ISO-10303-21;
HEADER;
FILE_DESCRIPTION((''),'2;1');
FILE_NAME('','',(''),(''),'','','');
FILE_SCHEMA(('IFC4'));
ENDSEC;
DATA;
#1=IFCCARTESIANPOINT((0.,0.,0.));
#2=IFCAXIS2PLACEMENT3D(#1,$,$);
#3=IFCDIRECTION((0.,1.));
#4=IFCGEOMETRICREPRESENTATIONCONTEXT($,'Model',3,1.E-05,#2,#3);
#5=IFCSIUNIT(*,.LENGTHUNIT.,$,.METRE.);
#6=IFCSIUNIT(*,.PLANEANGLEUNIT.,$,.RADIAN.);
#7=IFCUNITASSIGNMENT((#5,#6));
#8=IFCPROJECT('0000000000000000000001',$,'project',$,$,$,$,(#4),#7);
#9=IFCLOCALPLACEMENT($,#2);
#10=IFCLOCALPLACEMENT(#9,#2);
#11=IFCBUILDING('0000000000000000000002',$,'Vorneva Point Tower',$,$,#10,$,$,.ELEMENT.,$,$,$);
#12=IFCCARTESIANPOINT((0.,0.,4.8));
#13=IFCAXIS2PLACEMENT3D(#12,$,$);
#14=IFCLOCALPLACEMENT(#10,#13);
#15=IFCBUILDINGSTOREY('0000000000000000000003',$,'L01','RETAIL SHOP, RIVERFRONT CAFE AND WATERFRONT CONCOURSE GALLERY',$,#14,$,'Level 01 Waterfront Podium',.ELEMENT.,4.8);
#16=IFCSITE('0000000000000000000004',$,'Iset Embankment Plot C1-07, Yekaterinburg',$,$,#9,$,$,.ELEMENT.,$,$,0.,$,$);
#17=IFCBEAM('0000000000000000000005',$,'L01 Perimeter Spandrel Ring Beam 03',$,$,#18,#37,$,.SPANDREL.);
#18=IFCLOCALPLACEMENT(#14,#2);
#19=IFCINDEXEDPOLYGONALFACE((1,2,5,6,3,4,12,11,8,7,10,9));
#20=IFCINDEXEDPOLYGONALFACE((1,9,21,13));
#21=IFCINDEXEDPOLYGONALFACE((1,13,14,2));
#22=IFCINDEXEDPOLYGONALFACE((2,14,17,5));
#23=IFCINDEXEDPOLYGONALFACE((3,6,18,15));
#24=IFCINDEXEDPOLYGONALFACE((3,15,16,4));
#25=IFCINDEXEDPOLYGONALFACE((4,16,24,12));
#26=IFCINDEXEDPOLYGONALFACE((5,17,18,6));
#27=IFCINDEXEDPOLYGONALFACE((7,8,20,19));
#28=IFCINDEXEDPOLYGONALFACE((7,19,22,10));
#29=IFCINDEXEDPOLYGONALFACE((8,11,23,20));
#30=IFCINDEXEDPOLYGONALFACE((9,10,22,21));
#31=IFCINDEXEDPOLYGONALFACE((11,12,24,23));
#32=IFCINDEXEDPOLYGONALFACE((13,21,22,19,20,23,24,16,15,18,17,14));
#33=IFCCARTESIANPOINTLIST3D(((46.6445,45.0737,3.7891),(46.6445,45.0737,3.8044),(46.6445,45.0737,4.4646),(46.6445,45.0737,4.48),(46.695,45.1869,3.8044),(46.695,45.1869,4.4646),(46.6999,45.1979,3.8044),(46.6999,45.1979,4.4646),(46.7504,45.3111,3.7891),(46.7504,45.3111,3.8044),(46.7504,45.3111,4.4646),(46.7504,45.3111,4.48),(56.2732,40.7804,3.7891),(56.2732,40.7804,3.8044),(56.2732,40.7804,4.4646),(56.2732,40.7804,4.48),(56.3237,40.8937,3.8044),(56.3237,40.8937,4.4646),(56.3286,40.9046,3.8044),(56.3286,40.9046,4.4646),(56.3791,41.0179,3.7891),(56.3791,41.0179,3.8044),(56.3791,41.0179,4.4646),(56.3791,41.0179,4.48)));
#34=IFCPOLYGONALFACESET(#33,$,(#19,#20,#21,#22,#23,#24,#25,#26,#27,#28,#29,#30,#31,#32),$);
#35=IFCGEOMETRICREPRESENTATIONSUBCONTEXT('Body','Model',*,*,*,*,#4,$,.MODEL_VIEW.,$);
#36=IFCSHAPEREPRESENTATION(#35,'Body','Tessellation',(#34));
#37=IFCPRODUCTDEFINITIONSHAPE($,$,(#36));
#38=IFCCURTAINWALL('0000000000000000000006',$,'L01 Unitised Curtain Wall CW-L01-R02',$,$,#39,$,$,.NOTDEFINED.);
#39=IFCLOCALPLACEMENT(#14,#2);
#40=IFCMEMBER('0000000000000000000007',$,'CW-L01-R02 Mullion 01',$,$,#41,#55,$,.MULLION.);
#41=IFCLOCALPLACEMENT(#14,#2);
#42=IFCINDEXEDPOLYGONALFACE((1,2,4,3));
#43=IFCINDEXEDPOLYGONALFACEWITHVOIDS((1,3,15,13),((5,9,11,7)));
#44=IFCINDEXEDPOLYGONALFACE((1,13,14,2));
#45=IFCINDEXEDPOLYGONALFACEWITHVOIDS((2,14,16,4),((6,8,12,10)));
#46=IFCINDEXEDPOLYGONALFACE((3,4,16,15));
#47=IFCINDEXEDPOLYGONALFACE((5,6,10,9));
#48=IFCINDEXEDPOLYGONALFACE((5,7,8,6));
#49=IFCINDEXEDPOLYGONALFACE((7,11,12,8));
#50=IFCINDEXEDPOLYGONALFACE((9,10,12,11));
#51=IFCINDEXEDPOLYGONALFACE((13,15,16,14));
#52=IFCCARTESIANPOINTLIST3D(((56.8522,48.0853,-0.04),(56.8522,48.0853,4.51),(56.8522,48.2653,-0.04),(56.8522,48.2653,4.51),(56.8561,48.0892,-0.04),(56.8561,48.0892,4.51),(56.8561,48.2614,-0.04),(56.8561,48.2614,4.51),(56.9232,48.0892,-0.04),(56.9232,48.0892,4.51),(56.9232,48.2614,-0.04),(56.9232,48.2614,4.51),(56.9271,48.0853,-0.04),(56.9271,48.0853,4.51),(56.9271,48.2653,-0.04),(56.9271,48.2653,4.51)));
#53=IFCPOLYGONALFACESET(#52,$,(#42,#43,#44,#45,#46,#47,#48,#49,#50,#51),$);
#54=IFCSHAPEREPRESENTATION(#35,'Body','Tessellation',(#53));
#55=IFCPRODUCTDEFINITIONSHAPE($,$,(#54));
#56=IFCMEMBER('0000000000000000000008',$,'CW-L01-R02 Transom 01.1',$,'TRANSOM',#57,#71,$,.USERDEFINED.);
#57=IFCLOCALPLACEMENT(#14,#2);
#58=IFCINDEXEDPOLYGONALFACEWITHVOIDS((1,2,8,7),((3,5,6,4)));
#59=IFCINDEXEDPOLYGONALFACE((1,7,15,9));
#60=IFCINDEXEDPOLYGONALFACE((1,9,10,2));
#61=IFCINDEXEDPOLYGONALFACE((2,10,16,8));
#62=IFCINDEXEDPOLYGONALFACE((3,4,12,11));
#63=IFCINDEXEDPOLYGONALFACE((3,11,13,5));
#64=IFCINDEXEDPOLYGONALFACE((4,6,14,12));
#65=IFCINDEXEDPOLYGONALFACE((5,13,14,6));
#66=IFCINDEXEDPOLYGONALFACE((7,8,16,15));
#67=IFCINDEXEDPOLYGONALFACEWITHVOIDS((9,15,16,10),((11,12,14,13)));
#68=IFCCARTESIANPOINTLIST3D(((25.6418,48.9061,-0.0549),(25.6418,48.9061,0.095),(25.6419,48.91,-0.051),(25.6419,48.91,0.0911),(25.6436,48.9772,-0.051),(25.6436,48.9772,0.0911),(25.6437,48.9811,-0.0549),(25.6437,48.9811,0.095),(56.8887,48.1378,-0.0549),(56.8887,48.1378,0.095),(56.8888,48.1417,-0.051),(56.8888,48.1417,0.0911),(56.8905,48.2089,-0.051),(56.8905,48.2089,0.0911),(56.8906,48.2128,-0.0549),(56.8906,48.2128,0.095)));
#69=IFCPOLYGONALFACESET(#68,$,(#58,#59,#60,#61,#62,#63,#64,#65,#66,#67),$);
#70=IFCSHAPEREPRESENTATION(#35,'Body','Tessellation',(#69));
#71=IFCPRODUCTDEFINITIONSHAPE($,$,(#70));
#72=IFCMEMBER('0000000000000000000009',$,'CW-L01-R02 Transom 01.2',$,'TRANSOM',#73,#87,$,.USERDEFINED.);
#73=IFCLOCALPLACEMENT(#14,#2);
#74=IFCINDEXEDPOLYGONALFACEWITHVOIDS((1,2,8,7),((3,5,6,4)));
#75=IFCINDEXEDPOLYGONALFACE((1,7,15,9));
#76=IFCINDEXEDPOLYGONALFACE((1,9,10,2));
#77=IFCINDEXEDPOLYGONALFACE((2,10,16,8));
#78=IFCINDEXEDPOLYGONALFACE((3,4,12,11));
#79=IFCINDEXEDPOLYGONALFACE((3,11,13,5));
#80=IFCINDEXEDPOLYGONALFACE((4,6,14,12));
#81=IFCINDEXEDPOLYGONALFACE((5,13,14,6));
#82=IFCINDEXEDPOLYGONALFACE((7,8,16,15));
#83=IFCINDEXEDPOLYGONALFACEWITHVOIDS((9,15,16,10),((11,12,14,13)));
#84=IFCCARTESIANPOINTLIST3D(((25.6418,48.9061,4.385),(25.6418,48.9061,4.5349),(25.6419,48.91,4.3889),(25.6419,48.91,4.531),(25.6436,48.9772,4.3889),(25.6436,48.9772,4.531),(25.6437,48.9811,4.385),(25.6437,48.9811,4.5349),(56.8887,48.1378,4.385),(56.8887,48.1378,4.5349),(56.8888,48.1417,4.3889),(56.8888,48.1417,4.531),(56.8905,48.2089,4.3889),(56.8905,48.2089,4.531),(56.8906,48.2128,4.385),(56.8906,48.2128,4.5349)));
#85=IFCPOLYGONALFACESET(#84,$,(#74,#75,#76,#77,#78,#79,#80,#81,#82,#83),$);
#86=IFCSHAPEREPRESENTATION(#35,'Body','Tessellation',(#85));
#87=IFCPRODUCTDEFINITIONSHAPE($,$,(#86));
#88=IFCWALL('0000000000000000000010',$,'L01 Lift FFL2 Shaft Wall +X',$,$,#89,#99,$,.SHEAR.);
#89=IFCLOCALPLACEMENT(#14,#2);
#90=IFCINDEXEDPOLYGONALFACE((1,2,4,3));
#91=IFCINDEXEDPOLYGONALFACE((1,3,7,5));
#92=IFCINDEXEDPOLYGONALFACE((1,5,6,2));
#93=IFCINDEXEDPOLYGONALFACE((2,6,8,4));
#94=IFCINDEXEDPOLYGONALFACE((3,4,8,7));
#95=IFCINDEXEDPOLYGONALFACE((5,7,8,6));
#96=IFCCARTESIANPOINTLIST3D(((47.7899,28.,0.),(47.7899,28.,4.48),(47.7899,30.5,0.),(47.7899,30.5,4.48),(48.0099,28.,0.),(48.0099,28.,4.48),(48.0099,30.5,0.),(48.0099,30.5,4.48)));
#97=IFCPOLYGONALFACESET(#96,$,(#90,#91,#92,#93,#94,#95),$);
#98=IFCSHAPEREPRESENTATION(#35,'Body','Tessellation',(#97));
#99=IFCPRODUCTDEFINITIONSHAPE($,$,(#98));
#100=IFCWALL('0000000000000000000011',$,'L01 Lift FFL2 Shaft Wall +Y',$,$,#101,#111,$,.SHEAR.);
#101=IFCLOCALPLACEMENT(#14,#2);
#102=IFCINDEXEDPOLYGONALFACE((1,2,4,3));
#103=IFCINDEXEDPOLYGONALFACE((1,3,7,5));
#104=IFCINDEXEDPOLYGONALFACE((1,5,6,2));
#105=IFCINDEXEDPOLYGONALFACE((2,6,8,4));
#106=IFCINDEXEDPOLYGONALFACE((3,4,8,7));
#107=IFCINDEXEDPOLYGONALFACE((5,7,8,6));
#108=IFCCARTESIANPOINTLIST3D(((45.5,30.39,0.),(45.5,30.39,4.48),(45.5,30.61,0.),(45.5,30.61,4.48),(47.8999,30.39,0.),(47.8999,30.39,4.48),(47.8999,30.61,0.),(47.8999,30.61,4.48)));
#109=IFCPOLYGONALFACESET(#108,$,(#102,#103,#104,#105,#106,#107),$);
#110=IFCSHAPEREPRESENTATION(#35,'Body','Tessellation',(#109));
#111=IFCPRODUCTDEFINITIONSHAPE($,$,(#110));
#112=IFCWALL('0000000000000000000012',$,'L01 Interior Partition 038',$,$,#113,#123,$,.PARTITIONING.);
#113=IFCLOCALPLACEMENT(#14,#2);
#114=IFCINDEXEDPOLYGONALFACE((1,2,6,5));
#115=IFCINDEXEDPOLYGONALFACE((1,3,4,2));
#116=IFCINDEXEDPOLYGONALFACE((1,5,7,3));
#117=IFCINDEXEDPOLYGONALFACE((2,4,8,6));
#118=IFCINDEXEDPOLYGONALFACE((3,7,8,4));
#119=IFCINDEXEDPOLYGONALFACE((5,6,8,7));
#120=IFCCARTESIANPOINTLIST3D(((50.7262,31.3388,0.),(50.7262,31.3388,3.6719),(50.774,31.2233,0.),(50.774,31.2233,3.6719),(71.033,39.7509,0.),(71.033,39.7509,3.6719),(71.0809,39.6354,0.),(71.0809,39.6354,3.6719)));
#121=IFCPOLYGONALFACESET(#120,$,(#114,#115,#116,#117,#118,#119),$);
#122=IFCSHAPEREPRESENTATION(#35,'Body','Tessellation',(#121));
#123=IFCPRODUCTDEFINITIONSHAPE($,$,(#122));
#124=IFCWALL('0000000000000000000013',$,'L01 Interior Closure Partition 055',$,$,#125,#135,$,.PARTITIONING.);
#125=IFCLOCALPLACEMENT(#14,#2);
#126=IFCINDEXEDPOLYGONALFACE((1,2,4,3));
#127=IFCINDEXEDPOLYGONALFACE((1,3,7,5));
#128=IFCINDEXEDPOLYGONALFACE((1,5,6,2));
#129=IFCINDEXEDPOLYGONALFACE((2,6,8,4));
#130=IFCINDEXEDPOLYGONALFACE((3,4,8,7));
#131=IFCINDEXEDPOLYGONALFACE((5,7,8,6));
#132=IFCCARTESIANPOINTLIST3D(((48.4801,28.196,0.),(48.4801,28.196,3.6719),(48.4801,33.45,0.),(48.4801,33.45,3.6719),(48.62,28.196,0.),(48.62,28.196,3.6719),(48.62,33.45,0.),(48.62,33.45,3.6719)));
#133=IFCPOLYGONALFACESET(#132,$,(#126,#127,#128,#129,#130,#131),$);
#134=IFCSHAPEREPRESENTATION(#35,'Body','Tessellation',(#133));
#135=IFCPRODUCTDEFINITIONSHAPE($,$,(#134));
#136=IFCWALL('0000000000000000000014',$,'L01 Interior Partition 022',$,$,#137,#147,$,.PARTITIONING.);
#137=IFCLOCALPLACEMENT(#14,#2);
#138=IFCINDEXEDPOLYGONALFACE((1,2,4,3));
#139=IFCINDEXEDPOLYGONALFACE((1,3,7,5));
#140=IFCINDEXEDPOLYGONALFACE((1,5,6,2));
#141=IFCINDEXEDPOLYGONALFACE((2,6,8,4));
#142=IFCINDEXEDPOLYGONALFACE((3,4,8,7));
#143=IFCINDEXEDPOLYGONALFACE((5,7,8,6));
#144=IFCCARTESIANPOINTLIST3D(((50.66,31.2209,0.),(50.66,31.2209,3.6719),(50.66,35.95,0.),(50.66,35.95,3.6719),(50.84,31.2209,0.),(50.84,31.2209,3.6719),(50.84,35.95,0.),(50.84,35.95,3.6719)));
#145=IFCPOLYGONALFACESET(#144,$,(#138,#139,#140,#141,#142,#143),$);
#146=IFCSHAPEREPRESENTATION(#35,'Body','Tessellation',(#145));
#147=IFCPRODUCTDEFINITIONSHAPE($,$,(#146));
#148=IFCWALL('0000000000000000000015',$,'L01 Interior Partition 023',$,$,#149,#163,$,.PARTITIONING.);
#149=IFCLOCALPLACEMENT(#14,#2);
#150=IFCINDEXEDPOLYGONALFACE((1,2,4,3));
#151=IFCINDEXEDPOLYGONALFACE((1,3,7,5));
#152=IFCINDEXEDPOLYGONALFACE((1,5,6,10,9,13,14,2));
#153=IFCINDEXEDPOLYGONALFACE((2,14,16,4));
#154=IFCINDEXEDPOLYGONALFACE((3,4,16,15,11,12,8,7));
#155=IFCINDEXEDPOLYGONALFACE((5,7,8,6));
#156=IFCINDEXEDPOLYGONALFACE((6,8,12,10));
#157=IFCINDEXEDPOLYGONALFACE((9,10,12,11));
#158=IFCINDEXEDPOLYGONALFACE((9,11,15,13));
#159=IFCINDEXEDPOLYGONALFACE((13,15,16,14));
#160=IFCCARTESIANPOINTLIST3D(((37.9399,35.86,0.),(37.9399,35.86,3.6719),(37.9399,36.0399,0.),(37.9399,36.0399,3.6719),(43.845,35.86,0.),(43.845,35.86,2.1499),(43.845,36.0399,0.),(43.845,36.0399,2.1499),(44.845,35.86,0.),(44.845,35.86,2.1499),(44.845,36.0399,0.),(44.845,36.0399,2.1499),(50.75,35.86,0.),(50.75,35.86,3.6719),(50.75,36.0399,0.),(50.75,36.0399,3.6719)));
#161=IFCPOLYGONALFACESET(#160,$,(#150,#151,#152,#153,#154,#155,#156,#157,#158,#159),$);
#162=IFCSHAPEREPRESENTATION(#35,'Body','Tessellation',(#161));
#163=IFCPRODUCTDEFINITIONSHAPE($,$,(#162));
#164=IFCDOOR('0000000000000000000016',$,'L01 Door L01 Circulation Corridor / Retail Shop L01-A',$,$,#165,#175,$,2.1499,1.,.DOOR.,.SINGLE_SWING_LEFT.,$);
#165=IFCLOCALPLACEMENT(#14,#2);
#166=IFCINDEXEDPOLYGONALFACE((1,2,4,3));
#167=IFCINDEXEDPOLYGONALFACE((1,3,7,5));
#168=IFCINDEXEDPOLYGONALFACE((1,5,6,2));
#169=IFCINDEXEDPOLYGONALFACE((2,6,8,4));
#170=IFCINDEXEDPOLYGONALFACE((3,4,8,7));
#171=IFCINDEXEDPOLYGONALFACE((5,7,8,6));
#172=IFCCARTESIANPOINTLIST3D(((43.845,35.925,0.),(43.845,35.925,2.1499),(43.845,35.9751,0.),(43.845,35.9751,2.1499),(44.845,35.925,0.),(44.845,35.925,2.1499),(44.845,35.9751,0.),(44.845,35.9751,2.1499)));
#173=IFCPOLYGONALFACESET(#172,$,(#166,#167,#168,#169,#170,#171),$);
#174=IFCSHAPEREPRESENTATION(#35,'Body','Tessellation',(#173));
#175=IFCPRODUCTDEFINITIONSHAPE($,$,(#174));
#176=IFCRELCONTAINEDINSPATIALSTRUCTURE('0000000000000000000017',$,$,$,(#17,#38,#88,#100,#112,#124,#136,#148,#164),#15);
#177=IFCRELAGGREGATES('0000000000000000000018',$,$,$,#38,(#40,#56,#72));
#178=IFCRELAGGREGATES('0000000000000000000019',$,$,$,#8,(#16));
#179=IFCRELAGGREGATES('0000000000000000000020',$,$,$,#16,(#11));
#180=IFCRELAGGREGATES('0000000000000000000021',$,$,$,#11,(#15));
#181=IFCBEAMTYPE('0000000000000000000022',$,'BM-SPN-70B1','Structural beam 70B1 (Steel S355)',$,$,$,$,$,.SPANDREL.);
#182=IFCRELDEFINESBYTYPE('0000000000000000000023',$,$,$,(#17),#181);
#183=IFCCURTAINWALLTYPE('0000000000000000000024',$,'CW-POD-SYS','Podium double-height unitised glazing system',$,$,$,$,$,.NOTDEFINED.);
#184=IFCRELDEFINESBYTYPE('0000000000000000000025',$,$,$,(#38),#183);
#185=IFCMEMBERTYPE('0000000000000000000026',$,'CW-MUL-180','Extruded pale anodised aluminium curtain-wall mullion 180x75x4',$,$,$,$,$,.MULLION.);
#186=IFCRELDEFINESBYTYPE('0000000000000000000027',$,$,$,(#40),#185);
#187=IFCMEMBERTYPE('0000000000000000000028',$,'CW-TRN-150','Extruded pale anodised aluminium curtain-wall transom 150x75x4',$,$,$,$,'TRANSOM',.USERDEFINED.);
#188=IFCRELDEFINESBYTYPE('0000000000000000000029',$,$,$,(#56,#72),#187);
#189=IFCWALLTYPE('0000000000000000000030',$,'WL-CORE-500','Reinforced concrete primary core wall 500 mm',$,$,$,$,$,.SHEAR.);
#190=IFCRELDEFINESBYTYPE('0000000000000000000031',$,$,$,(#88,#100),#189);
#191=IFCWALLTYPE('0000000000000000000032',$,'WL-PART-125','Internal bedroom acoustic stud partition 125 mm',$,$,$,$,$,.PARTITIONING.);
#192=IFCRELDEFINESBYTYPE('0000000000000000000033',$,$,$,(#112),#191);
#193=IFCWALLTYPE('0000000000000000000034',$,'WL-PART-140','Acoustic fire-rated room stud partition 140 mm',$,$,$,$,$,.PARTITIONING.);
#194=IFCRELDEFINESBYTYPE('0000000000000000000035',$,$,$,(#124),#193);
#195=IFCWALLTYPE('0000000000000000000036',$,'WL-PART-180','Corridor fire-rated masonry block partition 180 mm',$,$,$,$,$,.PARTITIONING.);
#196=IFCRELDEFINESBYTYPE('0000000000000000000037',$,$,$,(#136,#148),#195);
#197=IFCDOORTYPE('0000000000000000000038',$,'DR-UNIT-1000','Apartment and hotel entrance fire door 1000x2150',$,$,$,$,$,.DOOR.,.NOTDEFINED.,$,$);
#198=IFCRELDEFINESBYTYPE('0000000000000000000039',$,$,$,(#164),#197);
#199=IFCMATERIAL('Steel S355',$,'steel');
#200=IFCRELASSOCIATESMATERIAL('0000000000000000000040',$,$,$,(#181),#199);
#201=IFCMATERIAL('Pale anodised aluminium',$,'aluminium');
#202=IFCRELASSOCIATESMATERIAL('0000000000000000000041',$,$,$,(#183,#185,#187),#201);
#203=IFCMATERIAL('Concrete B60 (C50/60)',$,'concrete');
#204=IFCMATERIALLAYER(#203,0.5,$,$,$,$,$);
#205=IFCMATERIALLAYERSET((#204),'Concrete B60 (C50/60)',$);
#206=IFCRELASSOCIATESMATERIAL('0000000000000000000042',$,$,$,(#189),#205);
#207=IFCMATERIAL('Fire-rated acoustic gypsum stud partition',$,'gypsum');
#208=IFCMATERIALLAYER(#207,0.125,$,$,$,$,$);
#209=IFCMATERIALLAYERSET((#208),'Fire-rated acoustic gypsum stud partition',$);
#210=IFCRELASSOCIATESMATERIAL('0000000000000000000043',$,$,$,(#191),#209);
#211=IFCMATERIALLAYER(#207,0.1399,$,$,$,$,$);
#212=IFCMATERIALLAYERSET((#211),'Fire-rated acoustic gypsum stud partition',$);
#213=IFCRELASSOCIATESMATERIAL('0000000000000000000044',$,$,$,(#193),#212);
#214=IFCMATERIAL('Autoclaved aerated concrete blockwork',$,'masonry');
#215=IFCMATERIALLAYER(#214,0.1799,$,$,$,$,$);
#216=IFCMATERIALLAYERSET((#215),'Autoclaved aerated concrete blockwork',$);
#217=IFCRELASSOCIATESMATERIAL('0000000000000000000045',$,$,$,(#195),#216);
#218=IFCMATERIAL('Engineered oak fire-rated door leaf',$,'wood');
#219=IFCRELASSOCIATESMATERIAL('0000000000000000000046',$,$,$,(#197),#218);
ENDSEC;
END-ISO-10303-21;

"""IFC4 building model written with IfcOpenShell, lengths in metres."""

from ifc_helpers import new_model, si_unit, direction, frame, frame_2d, origin, origin_2d, place, context, subcontext, project, spatial, rectangle, hollow_rectangle, i_section, extrude, material, layer, layer_set, material_profile, profile_set, type_object, element, fill, aggregate, save


model = new_model("IFC4")

# Units and contexts
model_context = context("Model", 3, precision=1e-05, world=origin(), true_north=direction((0.0, 1.0)))
body_context = subcontext(model_context, "Body", "Model", "MODEL_VIEW")
ifc_project = project(units=[si_unit("LENGTHUNIT", "METRE"), si_unit("PLANEANGLEUNIT", "RADIAN")], contexts=[model_context])

# Site, building, storey
site_placement = place(None, origin())
site = spatial("IfcSite", under=ifc_project, at=site_placement, Name="Iset Embankment Plot C1-07, Yekaterinburg", CompositionType="ELEMENT", RefElevation=0.0)
building_placement = place(site_placement, origin())
building = spatial("IfcBuilding", under=site, at=building_placement, Name="Vorneva Point Tower", CompositionType="ELEMENT")
storey_placement = place(building_placement, frame((0.0, 0.0, 4.8)))
storey = spatial("IfcBuildingStorey", under=building, at=storey_placement, Name="L01", Description="RETAIL SHOP, RIVERFRONT CAFE AND WATERFRONT CONCOURSE GALLERY", LongName="Level 01 Waterfront Podium", CompositionType="ELEMENT", Elevation=4.8)

# Shared definitions
ifc_material_1 = material(Name="Concrete B60 (C50/60)", Category="concrete")

# Beam
ifc_material_2 = material(Name="Steel S355", Category="steel")
ifc_material_profile_1 = material_profile(ifc_material_2, i_section(OverallWidth=0.26, OverallDepth=0.6909, WebThickness=0.012, FlangeThickness=0.0154, at=origin_2d()), Name="70B1")
ifc_profile_set_1 = profile_set([ifc_material_profile_1], Name="Steel S355")
beam_type_1 = type_object("IfcBeamType", Name="BM-SPN-70B1", Description="Structural beam 70B1 (Steel S355)", PredefinedType="SPANDREL", material=ifc_profile_set_1)
beam_1_placement = place(storey_placement, frame((56.3262, 40.8992, 4.1345), z_axis=(-0.913325, 0.407232, 0.0), x_axis=(-0.407232, -0.913325, 0.0)))
element("IfcBeam", 1, at=beam_1_placement, inside=storey, type_object=beam_type_1, Name="L01 Perimeter Spandrel Ring Beam 03", PredefinedType="SPANDREL", context=body_context, shape_type="SweptSolid", body=[
    extrude(i_section(OverallWidth=0.26, OverallDepth=0.6909, WebThickness=0.012, FlangeThickness=0.0154, at=origin_2d()), origin(), (0.0, 0.0, 1.0), 10.5425),
])

# Curtain wall, members
ifc_material_3 = material(Name="Pale anodised aluminium", Category="aluminium")
curtain_wall_type = type_object("IfcCurtainWallType", Name="CW-POD-SYS", Description="Podium double-height unitised glazing system", PredefinedType="NOTDEFINED", material=ifc_material_3)
curtain_wall_placement = place(storey_placement, origin())
curtain_wall = element("IfcCurtainWall", 2, at=curtain_wall_placement, inside=storey, type_object=curtain_wall_type, Name="L01 Unitised Curtain Wall CW-L01-R02", PredefinedType="NOTDEFINED")
ifc_material_profile_2 = material_profile(ifc_material_3, hollow_rectangle(XDim=0.075, YDim=0.1799, WallThickness=0.0039, at=origin_2d()), Name="AL-MUL 180x75x4")
ifc_profile_set_2 = profile_set([ifc_material_profile_2], Name="Pale anodised aluminium")
member_type_1 = type_object("IfcMemberType", Name="CW-MUL-180", Description="Extruded pale anodised aluminium curtain-wall mullion 180x75x4", PredefinedType="MULLION", material=ifc_profile_set_2)
member_1_placement = place(storey_placement, frame((56.8896, 48.1753, -0.04), z_axis=(0.0, 0.0, 1.0), x_axis=(1.0, 0.0, 0.0)))
member_1 = element("IfcMember", 3, at=member_1_placement, type_object=member_type_1, Name="CW-L01-R02 Mullion 01", PredefinedType="MULLION", context=body_context, shape_type="SweptSolid", body=[
    extrude(hollow_rectangle(XDim=0.075, YDim=0.1799, WallThickness=0.0039, at=origin_2d()), origin(), (0.0, 0.0, 1.0), 4.55),
])
ifc_material_profile_3 = material_profile(ifc_material_3, hollow_rectangle(XDim=0.075, YDim=0.1499, WallThickness=0.0039, at=origin_2d()), Name="AL-TRN 150x75x4")
ifc_profile_set_3 = profile_set([ifc_material_profile_3], Name="Pale anodised aluminium")
member_type_2 = type_object("IfcMemberType", Name="CW-TRN-150", Description="Extruded pale anodised aluminium curtain-wall transom 150x75x4", ElementType="TRANSOM", PredefinedType="USERDEFINED", material=ifc_profile_set_3)
member_2_placement = place(storey_placement, frame((56.8896, 48.1753, 0.02), z_axis=(-0.999698, 0.024581, 0.0), x_axis=(-0.024581, -0.999698, 0.0)))
member_2 = element("IfcMember", 4, at=member_2_placement, type_object=member_type_2, Name="CW-L01-R02 Transom 01.1", ObjectType="TRANSOM", PredefinedType="USERDEFINED", context=body_context, shape_type="SweptSolid", body=[
    extrude(hollow_rectangle(XDim=0.075, YDim=0.1499, WallThickness=0.0039, at=origin_2d()), origin(), (0.0, 0.0, 1.0), 31.2563),
])
member_3_placement = place(storey_placement, frame((56.8896, 48.1753, 4.46), z_axis=(-0.999698, 0.024581, 0.0), x_axis=(-0.024581, -0.999698, 0.0)))
member_3 = element("IfcMember", 5, at=member_3_placement, type_object=member_type_2, Name="CW-L01-R02 Transom 01.2", ObjectType="TRANSOM", PredefinedType="USERDEFINED", context=body_context, shape_type="SweptSolid", body=[
    extrude(hollow_rectangle(XDim=0.075, YDim=0.1499, WallThickness=0.0039, at=origin_2d()), origin(), (0.0, 0.0, 1.0), 31.2563),
])
aggregate(curtain_wall, [member_1, member_2, member_3])

# Walls
ifc_layer_1 = layer(ifc_material_1, 0.5)
ifc_layer_set_1 = layer_set([ifc_layer_1], Name="Concrete B60 (C50/60)")
wall_type_1 = type_object("IfcWallType", Name="WL-CORE-500", Description="Reinforced concrete primary core wall 500 mm", PredefinedType="SHEAR", material=ifc_layer_set_1)
wall_1_placement = place(storey_placement, frame((47.8999, 28.0, 0.0), z_axis=(0.0, 0.0, 1.0), x_axis=(0.0, 1.0, 0.0)))
element("IfcWall", 6, at=wall_1_placement, inside=storey, type_object=wall_type_1, Name="L01 Lift FFL2 Shaft Wall +X", PredefinedType="SHEAR", context=body_context, shape_type="SweptSolid", body=[
    extrude(rectangle(XDim=2.5, YDim=0.22, at=frame_2d((1.25, 0.0))), origin(), (0.0, 0.0, 1.0), 4.48),
])
wall_2_placement = place(storey_placement, frame((47.8999, 30.5, 0.0), z_axis=(0.0, 0.0, 1.0), x_axis=(-1.0, 0.0, 0.0)))
element("IfcWall", 7, at=wall_2_placement, inside=storey, type_object=wall_type_1, Name="L01 Lift FFL2 Shaft Wall +Y", PredefinedType="SHEAR", context=body_context, shape_type="SweptSolid", body=[
    extrude(rectangle(XDim=2.3999, YDim=0.22, at=frame_2d((1.2, 0.0))), origin(), (0.0, 0.0, 1.0), 4.48),
])
ifc_material_4 = material(Name="Fire-rated acoustic gypsum stud partition", Category="gypsum")
ifc_layer_2 = layer(ifc_material_4, 0.125)
ifc_layer_set_2 = layer_set([ifc_layer_2], Name="Fire-rated acoustic gypsum stud partition")
wall_type_2 = type_object("IfcWallType", Name="WL-PART-125", Description="Internal bedroom acoustic stud partition 125 mm", PredefinedType="PARTITIONING", material=ifc_layer_set_2)
wall_3_placement = place(storey_placement, frame((50.75, 31.281, 0.0), z_axis=(0.0, 0.0, 1.0), x_axis=(0.923868, 0.382711, 0.0)))
element("IfcWall", 8, at=wall_3_placement, inside=storey, type_object=wall_type_2, Name="L01 Interior Partition 038", PredefinedType="PARTITIONING", context=body_context, shape_type="SweptSolid", body=[
    extrude(rectangle(XDim=21.9802, YDim=0.125, at=frame_2d((10.9902, 0.0))), origin(), (0.0, 0.0, 1.0), 3.6719),
])
ifc_layer_3 = layer(ifc_material_4, 0.1399)
ifc_layer_set_3 = layer_set([ifc_layer_3], Name="Fire-rated acoustic gypsum stud partition")
wall_type_3 = type_object("IfcWallType", Name="WL-PART-140", Description="Acoustic fire-rated room stud partition 140 mm", PredefinedType="PARTITIONING", material=ifc_layer_set_3)
wall_4_placement = place(storey_placement, frame((48.55, 33.45, 0.0), z_axis=(0.0, 0.0, 1.0), x_axis=(0.0, -1.0, 0.0)))
element("IfcWall", 9, at=wall_4_placement, inside=storey, type_object=wall_type_3, Name="L01 Interior Closure Partition 055", PredefinedType="PARTITIONING", context=body_context, shape_type="SweptSolid", body=[
    extrude(rectangle(XDim=5.2539, YDim=0.1399, at=frame_2d((2.627, 0.0))), origin(), (0.0, 0.0, 1.0), 3.6719),
])
ifc_material_5 = material(Name="Autoclaved aerated concrete blockwork", Category="masonry")
ifc_layer_4 = layer(ifc_material_5, 0.1799)
ifc_layer_set_4 = layer_set([ifc_layer_4], Name="Autoclaved aerated concrete blockwork")
wall_type_4 = type_object("IfcWallType", Name="WL-PART-180", Description="Corridor fire-rated masonry block partition 180 mm", PredefinedType="PARTITIONING", material=ifc_layer_set_4)
wall_5_placement = place(storey_placement, frame((50.75, 31.2209, 0.0), z_axis=(0.0, 0.0, 1.0), x_axis=(0.0, 1.0, 0.0)))
element("IfcWall", 10, at=wall_5_placement, inside=storey, type_object=wall_type_4, Name="L01 Interior Partition 022", PredefinedType="PARTITIONING", context=body_context, shape_type="SweptSolid", body=[
    extrude(rectangle(XDim=4.729, YDim=0.1799, at=frame_2d((2.3645, 0.0))), origin(), (0.0, 0.0, 1.0), 3.6719),
])

# Wall, opening, door
wall_6_placement = place(storey_placement, frame((50.75, 35.95, 0.0), z_axis=(0.0, 0.0, 1.0), x_axis=(-1.0, 0.0, 0.0)))
wall_6 = element("IfcWall", 11, at=wall_6_placement, inside=storey, type_object=wall_type_4, Name="L01 Interior Partition 023", PredefinedType="PARTITIONING", context=body_context, shape_type="SweptSolid", body=[
    extrude(rectangle(XDim=12.8101, YDim=0.1799, at=frame_2d((6.405, 0.0))), origin(), (0.0, 0.0, 1.0), 3.6719),
])
opening_placement = place(wall_6_placement, frame((5.905, 0.0, 0.0)))
opening = element("IfcOpeningElement", 12, at=opening_placement, cuts=wall_6, PredefinedType="OPENING", context=body_context, shape_type="SweptSolid", body=[
    extrude(rectangle(XDim=1.0, YDim=2.1499, at=frame_2d((0.5, 1.075))), frame((0.0, 0.105, 0.0), z_axis=(0.0, -1.0, 0.0), x_axis=(1.0, 0.0, 0.0)), (0.0, 0.0, 1.0), 0.2097),
])
ifc_material_6 = material(Name="Engineered oak fire-rated door leaf", Category="wood")
door_type = type_object("IfcDoorType", Name="DR-UNIT-1000", Description="Apartment and hotel entrance fire door 1000x2150", OperationType="NOTDEFINED", PredefinedType="DOOR", material=ifc_material_6)
door_placement = place(opening_placement, origin())
door = element("IfcDoor", 13, at=door_placement, inside=storey, type_object=door_type, Name="L01 Door L01 Circulation Corridor / Retail Shop L01-A", OperationType="SINGLE_SWING_LEFT", OverallHeight=2.1499, OverallWidth=1.0, PredefinedType="DOOR", context=body_context, shape_type="SweptSolid", body=[
    extrude(rectangle(XDim=1.0, YDim=2.1499, at=frame_2d((0.5, 1.075))), frame((0.0, 0.0249, 0.0), z_axis=(0.0, -1.0, 0.0), x_axis=(1.0, 0.0, 0.0)), (0.0, 0.0, 1.0), 0.05),
])
fill(opening, door)

save(model, "model.ifc")
